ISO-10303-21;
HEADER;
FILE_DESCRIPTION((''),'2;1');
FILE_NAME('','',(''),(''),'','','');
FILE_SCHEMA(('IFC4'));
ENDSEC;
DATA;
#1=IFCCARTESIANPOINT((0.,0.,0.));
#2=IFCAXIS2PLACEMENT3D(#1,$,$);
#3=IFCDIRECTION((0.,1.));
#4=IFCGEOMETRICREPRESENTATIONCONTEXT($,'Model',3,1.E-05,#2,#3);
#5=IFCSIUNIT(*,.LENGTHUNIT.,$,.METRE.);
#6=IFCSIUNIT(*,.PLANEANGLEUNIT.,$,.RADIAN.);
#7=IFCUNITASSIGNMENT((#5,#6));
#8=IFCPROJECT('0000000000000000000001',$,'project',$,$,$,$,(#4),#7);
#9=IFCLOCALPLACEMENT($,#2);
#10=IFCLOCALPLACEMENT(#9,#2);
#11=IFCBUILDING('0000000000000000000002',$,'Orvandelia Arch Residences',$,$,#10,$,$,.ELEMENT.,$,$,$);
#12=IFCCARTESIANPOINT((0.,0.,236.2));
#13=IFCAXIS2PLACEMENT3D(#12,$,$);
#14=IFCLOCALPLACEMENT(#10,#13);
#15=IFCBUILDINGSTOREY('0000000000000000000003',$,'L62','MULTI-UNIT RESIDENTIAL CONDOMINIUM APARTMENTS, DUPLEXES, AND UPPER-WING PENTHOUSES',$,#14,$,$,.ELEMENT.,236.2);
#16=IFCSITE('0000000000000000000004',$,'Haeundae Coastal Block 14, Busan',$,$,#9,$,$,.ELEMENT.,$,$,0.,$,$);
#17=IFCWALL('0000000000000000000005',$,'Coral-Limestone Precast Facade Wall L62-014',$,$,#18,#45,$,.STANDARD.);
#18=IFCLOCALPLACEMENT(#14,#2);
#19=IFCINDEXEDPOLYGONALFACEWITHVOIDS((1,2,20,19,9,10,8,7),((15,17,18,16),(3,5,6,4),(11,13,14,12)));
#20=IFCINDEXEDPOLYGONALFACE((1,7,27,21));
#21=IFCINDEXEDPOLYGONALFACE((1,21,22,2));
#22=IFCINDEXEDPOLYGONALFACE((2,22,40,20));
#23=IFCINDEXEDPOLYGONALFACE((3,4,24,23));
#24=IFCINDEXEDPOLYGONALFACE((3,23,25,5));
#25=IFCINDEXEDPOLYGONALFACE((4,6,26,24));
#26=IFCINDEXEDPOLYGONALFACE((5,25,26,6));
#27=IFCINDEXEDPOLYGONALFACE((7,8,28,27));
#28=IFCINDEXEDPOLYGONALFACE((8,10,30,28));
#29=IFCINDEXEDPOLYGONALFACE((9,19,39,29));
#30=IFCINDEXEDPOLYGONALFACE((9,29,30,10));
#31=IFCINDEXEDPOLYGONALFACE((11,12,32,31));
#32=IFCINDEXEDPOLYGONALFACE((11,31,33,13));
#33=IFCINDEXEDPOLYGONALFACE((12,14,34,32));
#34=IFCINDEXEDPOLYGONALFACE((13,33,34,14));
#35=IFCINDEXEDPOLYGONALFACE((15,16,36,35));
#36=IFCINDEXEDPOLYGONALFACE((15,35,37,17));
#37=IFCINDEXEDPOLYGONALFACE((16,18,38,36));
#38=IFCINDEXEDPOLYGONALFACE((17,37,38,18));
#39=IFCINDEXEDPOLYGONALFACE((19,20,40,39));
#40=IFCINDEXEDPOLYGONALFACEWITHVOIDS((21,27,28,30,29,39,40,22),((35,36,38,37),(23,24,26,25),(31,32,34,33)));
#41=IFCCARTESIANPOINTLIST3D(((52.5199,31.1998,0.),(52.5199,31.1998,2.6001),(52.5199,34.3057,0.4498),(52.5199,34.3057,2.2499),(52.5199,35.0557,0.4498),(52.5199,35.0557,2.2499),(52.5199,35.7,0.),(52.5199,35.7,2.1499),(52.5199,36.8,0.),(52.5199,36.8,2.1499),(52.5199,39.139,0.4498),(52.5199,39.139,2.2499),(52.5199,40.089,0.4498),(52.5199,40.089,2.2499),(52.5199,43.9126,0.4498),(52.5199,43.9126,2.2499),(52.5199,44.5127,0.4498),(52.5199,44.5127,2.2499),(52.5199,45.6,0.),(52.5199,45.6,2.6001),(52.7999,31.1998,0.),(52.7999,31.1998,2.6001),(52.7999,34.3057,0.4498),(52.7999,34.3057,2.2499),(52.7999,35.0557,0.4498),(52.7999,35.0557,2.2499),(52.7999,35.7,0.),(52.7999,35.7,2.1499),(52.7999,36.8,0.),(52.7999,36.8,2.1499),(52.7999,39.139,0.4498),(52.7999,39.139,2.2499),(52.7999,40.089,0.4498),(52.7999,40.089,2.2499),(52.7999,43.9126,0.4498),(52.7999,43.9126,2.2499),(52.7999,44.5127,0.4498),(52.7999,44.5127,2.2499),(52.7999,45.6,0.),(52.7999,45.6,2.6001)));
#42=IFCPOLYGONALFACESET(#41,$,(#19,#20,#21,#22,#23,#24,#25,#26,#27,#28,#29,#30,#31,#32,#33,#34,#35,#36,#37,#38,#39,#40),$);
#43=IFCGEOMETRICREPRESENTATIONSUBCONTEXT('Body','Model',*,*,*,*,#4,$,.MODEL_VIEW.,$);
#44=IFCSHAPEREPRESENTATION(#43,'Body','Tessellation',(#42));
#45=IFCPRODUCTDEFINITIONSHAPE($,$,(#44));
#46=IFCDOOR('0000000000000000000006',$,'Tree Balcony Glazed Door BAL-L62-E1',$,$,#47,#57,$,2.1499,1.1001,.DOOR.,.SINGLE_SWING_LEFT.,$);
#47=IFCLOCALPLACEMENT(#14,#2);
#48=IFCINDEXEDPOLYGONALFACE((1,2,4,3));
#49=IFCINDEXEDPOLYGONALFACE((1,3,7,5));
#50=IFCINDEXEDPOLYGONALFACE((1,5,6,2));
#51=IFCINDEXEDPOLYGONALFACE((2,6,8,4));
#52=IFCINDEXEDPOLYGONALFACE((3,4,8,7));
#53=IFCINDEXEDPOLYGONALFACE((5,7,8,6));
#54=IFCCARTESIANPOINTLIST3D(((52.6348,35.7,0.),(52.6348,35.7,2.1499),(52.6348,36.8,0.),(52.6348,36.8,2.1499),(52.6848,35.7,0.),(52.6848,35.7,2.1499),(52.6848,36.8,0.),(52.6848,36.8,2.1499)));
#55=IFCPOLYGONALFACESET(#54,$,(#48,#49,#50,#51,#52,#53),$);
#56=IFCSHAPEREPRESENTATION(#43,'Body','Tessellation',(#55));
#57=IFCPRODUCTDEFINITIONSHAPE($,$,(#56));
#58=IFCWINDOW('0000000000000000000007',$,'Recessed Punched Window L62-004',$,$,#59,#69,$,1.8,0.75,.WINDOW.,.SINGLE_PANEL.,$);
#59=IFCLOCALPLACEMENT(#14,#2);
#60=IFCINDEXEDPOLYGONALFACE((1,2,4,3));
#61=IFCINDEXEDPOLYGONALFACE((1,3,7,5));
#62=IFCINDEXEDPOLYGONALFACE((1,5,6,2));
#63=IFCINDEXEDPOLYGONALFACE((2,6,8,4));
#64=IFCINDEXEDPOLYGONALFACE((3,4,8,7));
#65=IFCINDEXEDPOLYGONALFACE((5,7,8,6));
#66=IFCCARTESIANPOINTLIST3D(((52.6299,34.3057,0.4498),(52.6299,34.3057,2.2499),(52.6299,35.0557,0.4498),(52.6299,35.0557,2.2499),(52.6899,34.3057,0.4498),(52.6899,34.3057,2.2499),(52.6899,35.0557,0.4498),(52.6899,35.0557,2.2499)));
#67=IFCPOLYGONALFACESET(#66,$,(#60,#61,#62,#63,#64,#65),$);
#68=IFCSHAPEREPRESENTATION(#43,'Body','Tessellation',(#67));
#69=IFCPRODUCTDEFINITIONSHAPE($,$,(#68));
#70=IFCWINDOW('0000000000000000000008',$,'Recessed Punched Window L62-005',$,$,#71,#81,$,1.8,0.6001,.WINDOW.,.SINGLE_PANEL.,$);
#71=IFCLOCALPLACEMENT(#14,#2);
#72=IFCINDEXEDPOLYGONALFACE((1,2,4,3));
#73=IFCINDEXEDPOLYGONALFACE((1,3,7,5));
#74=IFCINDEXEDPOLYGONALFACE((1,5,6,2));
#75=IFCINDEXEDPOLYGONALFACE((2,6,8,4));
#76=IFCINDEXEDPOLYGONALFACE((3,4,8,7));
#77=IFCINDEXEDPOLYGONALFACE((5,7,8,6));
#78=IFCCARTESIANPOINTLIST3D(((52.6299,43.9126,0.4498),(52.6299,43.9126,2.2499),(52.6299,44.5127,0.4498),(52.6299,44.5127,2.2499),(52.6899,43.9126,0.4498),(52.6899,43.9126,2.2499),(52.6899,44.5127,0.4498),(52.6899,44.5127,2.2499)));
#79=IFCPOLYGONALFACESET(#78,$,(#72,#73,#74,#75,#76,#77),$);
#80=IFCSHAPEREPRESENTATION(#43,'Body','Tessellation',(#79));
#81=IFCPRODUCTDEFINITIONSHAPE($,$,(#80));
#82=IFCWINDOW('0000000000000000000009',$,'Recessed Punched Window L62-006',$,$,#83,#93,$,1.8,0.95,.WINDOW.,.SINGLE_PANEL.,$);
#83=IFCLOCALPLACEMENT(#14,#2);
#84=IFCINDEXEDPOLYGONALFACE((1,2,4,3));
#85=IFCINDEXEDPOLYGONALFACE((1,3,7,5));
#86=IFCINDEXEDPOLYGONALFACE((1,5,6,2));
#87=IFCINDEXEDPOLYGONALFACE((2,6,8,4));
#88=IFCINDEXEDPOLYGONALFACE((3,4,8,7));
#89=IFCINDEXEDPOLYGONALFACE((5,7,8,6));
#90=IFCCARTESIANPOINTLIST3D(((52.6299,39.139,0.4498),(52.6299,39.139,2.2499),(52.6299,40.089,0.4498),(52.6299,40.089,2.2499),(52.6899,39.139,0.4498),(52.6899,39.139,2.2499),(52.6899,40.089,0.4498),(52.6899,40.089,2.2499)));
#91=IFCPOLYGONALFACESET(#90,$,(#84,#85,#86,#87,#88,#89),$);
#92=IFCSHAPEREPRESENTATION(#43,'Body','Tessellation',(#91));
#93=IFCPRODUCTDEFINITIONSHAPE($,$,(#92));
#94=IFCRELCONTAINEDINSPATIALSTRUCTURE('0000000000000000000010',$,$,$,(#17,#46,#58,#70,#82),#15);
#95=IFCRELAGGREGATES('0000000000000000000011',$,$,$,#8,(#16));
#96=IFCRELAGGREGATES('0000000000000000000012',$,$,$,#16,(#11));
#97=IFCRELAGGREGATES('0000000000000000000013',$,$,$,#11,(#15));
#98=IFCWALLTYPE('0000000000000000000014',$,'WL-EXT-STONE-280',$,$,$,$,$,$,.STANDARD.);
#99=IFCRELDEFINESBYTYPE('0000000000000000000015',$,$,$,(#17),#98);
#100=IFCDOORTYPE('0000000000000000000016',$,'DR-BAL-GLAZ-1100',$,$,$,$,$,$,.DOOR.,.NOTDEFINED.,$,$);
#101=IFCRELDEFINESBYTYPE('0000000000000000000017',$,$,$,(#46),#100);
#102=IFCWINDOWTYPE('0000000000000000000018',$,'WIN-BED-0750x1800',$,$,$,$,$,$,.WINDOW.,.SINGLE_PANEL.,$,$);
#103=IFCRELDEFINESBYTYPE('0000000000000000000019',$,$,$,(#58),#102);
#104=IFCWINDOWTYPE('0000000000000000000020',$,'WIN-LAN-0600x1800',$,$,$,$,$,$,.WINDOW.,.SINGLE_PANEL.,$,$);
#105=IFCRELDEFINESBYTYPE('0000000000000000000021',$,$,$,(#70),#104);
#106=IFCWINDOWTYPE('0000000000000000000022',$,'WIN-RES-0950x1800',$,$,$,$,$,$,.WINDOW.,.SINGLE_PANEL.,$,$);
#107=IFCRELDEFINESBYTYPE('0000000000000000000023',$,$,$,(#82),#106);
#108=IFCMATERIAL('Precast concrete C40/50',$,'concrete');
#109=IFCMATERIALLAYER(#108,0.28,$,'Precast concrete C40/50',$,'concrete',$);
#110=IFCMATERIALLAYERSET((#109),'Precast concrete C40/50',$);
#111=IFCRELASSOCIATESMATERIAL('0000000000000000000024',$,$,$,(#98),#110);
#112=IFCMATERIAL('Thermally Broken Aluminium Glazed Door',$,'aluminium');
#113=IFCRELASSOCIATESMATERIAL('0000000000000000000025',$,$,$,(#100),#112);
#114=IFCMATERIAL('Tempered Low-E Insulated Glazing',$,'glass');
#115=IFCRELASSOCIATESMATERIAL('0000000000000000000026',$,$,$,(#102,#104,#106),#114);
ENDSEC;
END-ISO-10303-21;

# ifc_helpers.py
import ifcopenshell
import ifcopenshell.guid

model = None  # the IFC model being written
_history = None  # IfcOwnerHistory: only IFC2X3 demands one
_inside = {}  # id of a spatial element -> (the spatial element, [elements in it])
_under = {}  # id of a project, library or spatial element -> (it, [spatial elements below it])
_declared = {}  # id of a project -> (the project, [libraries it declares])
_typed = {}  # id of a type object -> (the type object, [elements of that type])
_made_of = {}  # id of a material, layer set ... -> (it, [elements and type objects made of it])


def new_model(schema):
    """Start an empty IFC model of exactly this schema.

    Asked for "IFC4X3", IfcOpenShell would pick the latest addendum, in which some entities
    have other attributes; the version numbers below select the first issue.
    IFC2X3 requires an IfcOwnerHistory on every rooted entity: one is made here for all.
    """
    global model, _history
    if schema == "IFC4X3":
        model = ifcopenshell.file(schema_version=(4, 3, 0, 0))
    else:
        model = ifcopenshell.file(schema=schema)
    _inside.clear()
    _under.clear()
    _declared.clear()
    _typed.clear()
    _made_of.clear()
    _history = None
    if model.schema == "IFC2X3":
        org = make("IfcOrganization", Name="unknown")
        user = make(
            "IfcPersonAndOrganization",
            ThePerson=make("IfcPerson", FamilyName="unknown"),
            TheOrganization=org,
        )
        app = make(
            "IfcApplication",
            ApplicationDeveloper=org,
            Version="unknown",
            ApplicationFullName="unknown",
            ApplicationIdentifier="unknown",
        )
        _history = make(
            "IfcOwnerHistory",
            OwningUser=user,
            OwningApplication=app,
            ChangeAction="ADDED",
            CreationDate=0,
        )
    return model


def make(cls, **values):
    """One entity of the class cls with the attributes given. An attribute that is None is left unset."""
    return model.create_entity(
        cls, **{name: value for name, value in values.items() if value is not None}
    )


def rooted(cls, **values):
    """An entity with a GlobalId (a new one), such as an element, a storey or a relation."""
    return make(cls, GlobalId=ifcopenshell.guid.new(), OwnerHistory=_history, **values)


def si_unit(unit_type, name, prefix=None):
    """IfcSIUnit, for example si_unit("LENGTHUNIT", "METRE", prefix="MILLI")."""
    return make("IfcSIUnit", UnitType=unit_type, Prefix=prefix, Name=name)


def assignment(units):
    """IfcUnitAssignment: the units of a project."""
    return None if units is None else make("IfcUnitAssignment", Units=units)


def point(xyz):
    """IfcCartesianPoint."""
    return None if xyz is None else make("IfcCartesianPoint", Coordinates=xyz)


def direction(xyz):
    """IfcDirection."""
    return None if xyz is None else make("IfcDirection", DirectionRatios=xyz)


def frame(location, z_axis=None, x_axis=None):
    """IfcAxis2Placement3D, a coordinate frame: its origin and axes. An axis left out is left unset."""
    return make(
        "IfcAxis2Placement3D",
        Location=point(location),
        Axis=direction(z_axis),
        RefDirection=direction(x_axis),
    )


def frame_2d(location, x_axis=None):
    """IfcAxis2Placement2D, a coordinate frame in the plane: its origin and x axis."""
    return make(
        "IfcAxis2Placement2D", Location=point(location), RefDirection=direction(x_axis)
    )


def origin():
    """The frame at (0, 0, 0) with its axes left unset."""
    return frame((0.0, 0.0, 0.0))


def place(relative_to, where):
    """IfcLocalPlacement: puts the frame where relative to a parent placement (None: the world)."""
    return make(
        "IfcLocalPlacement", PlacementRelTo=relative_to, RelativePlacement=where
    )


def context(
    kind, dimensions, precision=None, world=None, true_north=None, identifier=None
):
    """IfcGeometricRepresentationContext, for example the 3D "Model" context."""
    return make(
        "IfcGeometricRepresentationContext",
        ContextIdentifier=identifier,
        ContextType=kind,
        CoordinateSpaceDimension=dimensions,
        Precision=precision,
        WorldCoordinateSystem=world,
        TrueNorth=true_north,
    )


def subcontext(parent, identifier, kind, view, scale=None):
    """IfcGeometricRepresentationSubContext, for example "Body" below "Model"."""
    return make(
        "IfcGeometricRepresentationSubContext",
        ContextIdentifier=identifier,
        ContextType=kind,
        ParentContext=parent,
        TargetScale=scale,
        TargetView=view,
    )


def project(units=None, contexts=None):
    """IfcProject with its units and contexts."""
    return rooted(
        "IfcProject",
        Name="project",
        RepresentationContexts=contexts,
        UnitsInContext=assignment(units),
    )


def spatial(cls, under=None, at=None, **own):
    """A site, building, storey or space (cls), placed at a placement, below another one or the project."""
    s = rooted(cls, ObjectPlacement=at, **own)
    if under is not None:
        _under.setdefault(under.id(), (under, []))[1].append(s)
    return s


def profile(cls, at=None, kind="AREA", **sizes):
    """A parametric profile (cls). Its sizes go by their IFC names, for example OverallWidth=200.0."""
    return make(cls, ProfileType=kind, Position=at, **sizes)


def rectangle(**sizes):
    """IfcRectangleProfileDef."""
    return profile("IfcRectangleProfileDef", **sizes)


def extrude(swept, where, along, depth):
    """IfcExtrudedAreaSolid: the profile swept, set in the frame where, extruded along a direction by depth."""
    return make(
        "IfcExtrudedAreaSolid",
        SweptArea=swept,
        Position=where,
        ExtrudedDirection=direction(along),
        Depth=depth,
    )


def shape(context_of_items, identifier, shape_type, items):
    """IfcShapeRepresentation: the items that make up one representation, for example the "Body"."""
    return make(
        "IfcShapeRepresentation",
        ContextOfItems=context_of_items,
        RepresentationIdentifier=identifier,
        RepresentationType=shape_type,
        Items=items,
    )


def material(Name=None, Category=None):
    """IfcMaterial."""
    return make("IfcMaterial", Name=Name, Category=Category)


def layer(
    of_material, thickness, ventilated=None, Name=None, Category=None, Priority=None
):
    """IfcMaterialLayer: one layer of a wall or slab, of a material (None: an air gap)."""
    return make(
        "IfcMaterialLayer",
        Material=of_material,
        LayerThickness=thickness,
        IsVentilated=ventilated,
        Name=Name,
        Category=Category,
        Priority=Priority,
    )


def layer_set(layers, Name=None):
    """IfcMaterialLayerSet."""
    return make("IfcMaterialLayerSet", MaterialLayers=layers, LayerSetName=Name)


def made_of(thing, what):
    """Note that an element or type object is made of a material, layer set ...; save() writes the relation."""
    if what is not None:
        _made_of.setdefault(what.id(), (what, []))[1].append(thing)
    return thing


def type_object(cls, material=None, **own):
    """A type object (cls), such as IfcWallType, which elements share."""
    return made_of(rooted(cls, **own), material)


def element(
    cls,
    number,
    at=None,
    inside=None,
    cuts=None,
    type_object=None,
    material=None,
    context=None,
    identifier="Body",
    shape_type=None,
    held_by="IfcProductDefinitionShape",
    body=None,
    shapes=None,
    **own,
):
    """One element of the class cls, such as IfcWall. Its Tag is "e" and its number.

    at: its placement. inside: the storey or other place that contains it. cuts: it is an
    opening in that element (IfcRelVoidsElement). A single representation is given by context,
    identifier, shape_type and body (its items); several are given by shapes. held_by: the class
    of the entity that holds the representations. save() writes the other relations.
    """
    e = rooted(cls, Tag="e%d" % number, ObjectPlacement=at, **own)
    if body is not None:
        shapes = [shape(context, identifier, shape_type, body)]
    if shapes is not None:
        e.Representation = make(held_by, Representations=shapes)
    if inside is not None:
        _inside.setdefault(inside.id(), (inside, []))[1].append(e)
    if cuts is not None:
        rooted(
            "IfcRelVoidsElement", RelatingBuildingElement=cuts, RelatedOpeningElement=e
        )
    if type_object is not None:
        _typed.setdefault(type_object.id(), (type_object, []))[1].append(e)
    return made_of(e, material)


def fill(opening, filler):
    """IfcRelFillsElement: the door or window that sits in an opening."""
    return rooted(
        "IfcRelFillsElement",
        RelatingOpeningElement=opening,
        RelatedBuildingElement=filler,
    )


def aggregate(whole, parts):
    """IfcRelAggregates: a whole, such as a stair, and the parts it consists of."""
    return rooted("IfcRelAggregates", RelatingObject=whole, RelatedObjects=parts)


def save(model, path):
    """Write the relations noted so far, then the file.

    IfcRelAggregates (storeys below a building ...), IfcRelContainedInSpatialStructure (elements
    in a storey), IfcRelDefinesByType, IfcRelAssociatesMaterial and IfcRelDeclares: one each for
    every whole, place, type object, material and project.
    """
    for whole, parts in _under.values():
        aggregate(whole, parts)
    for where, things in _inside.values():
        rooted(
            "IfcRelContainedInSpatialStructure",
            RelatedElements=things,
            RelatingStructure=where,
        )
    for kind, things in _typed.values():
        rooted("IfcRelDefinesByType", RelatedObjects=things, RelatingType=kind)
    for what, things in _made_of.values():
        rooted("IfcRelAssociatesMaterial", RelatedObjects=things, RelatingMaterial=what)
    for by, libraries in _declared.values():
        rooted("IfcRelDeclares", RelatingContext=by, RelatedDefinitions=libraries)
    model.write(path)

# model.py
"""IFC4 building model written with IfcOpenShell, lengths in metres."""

from ifc_helpers import new_model, si_unit, direction, frame, frame_2d, origin, place, context, subcontext, project, spatial, rectangle, extrude, material, layer, layer_set, type_object, element, fill, save


model = new_model("IFC4")

# Units and contexts
model_context = context("Model", 3, precision=1e-05, world=origin(), true_north=direction((0.0, 1.0)))
body_context = subcontext(model_context, "Body", "Model", "MODEL_VIEW")
ifc_project = project(units=[si_unit("LENGTHUNIT", "METRE"), si_unit("PLANEANGLEUNIT", "RADIAN")], contexts=[model_context])

# Site, building, storey
site_placement = place(None, origin())
site = spatial("IfcSite", under=ifc_project, at=site_placement, Name="Haeundae Coastal Block 14, Busan", CompositionType="ELEMENT", RefElevation=0.0)
building_placement = place(site_placement, origin())
building = spatial("IfcBuilding", under=site, at=building_placement, Name="Orvandelia Arch Residences", CompositionType="ELEMENT")
storey_placement = place(building_placement, frame((0.0, 0.0, 236.2)))
storey = spatial("IfcBuildingStorey", under=building, at=storey_placement, Name="L62", Description="MULTI-UNIT RESIDENTIAL CONDOMINIUM APARTMENTS, DUPLEXES, AND UPPER-WING PENTHOUSES", CompositionType="ELEMENT", Elevation=236.2)

# Shared definitions
ifc_material_1 = material(Name="Precast concrete C40/50", Category="concrete")
ifc_layer_1 = layer(ifc_material_1, 0.28, Name="Precast concrete C40/50", Category="concrete")
ifc_layer_set_1 = layer_set([ifc_layer_1], Name="Precast concrete C40/50")
wall_type_1 = type_object("IfcWallType", Name="WL-EXT-STONE-280", PredefinedType="STANDARD", material=ifc_layer_set_1)

# Wall, openings, door, windows
wall_1_placement = place(storey_placement, frame((52.6599, 45.6001, 0.0), z_axis=(0.0, 0.0, 1.0), x_axis=(0.0, -1.0, 0.0)))
wall_1 = element("IfcWall", 1, at=wall_1_placement, inside=storey, type_object=wall_type_1, Name="Coral-Limestone Precast Facade Wall L62-014", PredefinedType="STANDARD", context=body_context, shape_type="SweptSolid", body=[
    extrude(rectangle(XDim=14.4001, YDim=0.28, at=frame_2d((7.2002, 0.0))), origin(), (0.0, 0.0, 1.0), 2.6001),
])
opening_1_placement = place(wall_1_placement, frame((8.8, 0.0, 0.0)))
opening_1 = element("IfcOpeningElement", 2, at=opening_1_placement, cuts=wall_1, PredefinedType="OPENING", context=body_context, shape_type="SweptSolid", body=[
    extrude(rectangle(XDim=1.1001, YDim=2.1499, at=frame_2d((0.55, 1.075))), frame((0.0, 0.1499, 0.0), z_axis=(0.0, -1.0, 0.0), x_axis=(1.0, 0.0, 0.0)), (0.0, 0.0, 1.0), 0.3),
])
opening_2_placement = place(wall_1_placement, frame((10.5444, 0.0, 0.45)))
opening_2 = element("IfcOpeningElement", 3, at=opening_2_placement, cuts=wall_1, PredefinedType="OPENING", context=body_context, shape_type="SweptSolid", body=[
    extrude(rectangle(XDim=0.75, YDim=1.8, at=frame_2d((0.375, 0.8999))), frame((0.0, 0.1499, 0.0), z_axis=(0.0, -1.0, 0.0), x_axis=(1.0, 0.0, 0.0)), (0.0, 0.0, 1.0), 0.3),
])
opening_3_placement = place(wall_1_placement, frame((1.0874, 0.0, 0.45)))
opening_3 = element("IfcOpeningElement", 4, at=opening_3_placement, cuts=wall_1, PredefinedType="OPENING", context=body_context, shape_type="SweptSolid", body=[
    extrude(rectangle(XDim=0.6001, YDim=1.8, at=frame_2d((0.3, 0.8999))), frame((0.0, 0.1499, 0.0), z_axis=(0.0, -1.0, 0.0), x_axis=(1.0, 0.0, 0.0)), (0.0, 0.0, 1.0), 0.3),
])
opening_4_placement = place(wall_1_placement, frame((5.511, 0.0, 0.45)))
opening_4 = element("IfcOpeningElement", 5, at=opening_4_placement, cuts=wall_1, PredefinedType="OPENING", context=body_context, shape_type="SweptSolid", body=[
    extrude(rectangle(XDim=0.95, YDim=1.8, at=frame_2d((0.4751, 0.8999))), frame((0.0, 0.1499, 0.0), z_axis=(0.0, -1.0, 0.0), x_axis=(1.0, 0.0, 0.0)), (0.0, 0.0, 1.0), 0.3),
])
ifc_material_2 = material(Name="Thermally Broken Aluminium Glazed Door", Category="aluminium")
door_type_1 = type_object("IfcDoorType", Name="DR-BAL-GLAZ-1100", OperationType="NOTDEFINED", PredefinedType="DOOR", material=ifc_material_2)
door_1_placement = place(opening_1_placement, origin())
door_1 = element("IfcDoor", 6, at=door_1_placement, inside=storey, type_object=door_type_1, Name="Tree Balcony Glazed Door BAL-L62-E1", OperationType="SINGLE_SWING_LEFT", OverallHeight=2.1499, OverallWidth=1.1001, PredefinedType="DOOR", context=body_context, shape_type="SweptSolid", body=[
    extrude(rectangle(XDim=1.1001, YDim=2.1499, at=frame_2d((0.55, 1.075))), frame((0.0, 0.0249, 0.0), z_axis=(0.0, -1.0, 0.0), x_axis=(1.0, 0.0, 0.0)), (0.0, 0.0, 1.0), 0.05),
])
fill(opening_1, door_1)
ifc_material_3 = material(Name="Tempered Low-E Insulated Glazing", Category="glass")
window_type_1 = type_object("IfcWindowType", Name="WIN-BED-0750x1800", PartitioningType="SINGLE_PANEL", PredefinedType="WINDOW", material=ifc_material_3)
window_1_placement = place(opening_2_placement, origin())
window_1 = element("IfcWindow", 7, at=window_1_placement, inside=storey, type_object=window_type_1, Name="Recessed Punched Window L62-004", OverallHeight=1.8, OverallWidth=0.75, PartitioningType="SINGLE_PANEL", PredefinedType="WINDOW", context=body_context, shape_type="SweptSolid", body=[
    extrude(rectangle(XDim=0.75, YDim=1.8, at=frame_2d((0.375, 0.8999))), frame((0.0, 0.03, 0.0), z_axis=(0.0, -1.0, 0.0), x_axis=(1.0, 0.0, 0.0)), (0.0, 0.0, 1.0), 0.0601),
])
fill(opening_2, window_1)
window_type_2 = type_object("IfcWindowType", Name="WIN-LAN-0600x1800", PartitioningType="SINGLE_PANEL", PredefinedType="WINDOW", material=ifc_material_3)
window_2_placement = place(opening_3_placement, origin())
window_2 = element("IfcWindow", 8, at=window_2_placement, inside=storey, type_object=window_type_2, Name="Recessed Punched Window L62-005", OverallHeight=1.8, OverallWidth=0.6001, PartitioningType="SINGLE_PANEL", PredefinedType="WINDOW", context=body_context, shape_type="SweptSolid", body=[
    extrude(rectangle(XDim=0.6001, YDim=1.8, at=frame_2d((0.3, 0.8999))), frame((0.0, 0.03, 0.0), z_axis=(0.0, -1.0, 0.0), x_axis=(1.0, 0.0, 0.0)), (0.0, 0.0, 1.0), 0.0601),
])
fill(opening_3, window_2)
window_type_3 = type_object("IfcWindowType", Name="WIN-RES-0950x1800", PartitioningType="SINGLE_PANEL", PredefinedType="WINDOW", material=ifc_material_3)
window_3_placement = place(opening_4_placement, origin())
window_3 = element("IfcWindow", 9, at=window_3_placement, inside=storey, type_object=window_type_3, Name="Recessed Punched Window L62-006", OverallHeight=1.8, OverallWidth=0.95, PartitioningType="SINGLE_PANEL", PredefinedType="WINDOW", context=body_context, shape_type="SweptSolid", body=[
    extrude(rectangle(XDim=0.95, YDim=1.8, at=frame_2d((0.4751, 0.8999))), frame((0.0, 0.03, 0.0), z_axis=(0.0, -1.0, 0.0), x_axis=(1.0, 0.0, 0.0)), (0.0, 0.0, 1.0), 0.0601),
])
fill(opening_4, window_3)

save(model, "model.ifc")
